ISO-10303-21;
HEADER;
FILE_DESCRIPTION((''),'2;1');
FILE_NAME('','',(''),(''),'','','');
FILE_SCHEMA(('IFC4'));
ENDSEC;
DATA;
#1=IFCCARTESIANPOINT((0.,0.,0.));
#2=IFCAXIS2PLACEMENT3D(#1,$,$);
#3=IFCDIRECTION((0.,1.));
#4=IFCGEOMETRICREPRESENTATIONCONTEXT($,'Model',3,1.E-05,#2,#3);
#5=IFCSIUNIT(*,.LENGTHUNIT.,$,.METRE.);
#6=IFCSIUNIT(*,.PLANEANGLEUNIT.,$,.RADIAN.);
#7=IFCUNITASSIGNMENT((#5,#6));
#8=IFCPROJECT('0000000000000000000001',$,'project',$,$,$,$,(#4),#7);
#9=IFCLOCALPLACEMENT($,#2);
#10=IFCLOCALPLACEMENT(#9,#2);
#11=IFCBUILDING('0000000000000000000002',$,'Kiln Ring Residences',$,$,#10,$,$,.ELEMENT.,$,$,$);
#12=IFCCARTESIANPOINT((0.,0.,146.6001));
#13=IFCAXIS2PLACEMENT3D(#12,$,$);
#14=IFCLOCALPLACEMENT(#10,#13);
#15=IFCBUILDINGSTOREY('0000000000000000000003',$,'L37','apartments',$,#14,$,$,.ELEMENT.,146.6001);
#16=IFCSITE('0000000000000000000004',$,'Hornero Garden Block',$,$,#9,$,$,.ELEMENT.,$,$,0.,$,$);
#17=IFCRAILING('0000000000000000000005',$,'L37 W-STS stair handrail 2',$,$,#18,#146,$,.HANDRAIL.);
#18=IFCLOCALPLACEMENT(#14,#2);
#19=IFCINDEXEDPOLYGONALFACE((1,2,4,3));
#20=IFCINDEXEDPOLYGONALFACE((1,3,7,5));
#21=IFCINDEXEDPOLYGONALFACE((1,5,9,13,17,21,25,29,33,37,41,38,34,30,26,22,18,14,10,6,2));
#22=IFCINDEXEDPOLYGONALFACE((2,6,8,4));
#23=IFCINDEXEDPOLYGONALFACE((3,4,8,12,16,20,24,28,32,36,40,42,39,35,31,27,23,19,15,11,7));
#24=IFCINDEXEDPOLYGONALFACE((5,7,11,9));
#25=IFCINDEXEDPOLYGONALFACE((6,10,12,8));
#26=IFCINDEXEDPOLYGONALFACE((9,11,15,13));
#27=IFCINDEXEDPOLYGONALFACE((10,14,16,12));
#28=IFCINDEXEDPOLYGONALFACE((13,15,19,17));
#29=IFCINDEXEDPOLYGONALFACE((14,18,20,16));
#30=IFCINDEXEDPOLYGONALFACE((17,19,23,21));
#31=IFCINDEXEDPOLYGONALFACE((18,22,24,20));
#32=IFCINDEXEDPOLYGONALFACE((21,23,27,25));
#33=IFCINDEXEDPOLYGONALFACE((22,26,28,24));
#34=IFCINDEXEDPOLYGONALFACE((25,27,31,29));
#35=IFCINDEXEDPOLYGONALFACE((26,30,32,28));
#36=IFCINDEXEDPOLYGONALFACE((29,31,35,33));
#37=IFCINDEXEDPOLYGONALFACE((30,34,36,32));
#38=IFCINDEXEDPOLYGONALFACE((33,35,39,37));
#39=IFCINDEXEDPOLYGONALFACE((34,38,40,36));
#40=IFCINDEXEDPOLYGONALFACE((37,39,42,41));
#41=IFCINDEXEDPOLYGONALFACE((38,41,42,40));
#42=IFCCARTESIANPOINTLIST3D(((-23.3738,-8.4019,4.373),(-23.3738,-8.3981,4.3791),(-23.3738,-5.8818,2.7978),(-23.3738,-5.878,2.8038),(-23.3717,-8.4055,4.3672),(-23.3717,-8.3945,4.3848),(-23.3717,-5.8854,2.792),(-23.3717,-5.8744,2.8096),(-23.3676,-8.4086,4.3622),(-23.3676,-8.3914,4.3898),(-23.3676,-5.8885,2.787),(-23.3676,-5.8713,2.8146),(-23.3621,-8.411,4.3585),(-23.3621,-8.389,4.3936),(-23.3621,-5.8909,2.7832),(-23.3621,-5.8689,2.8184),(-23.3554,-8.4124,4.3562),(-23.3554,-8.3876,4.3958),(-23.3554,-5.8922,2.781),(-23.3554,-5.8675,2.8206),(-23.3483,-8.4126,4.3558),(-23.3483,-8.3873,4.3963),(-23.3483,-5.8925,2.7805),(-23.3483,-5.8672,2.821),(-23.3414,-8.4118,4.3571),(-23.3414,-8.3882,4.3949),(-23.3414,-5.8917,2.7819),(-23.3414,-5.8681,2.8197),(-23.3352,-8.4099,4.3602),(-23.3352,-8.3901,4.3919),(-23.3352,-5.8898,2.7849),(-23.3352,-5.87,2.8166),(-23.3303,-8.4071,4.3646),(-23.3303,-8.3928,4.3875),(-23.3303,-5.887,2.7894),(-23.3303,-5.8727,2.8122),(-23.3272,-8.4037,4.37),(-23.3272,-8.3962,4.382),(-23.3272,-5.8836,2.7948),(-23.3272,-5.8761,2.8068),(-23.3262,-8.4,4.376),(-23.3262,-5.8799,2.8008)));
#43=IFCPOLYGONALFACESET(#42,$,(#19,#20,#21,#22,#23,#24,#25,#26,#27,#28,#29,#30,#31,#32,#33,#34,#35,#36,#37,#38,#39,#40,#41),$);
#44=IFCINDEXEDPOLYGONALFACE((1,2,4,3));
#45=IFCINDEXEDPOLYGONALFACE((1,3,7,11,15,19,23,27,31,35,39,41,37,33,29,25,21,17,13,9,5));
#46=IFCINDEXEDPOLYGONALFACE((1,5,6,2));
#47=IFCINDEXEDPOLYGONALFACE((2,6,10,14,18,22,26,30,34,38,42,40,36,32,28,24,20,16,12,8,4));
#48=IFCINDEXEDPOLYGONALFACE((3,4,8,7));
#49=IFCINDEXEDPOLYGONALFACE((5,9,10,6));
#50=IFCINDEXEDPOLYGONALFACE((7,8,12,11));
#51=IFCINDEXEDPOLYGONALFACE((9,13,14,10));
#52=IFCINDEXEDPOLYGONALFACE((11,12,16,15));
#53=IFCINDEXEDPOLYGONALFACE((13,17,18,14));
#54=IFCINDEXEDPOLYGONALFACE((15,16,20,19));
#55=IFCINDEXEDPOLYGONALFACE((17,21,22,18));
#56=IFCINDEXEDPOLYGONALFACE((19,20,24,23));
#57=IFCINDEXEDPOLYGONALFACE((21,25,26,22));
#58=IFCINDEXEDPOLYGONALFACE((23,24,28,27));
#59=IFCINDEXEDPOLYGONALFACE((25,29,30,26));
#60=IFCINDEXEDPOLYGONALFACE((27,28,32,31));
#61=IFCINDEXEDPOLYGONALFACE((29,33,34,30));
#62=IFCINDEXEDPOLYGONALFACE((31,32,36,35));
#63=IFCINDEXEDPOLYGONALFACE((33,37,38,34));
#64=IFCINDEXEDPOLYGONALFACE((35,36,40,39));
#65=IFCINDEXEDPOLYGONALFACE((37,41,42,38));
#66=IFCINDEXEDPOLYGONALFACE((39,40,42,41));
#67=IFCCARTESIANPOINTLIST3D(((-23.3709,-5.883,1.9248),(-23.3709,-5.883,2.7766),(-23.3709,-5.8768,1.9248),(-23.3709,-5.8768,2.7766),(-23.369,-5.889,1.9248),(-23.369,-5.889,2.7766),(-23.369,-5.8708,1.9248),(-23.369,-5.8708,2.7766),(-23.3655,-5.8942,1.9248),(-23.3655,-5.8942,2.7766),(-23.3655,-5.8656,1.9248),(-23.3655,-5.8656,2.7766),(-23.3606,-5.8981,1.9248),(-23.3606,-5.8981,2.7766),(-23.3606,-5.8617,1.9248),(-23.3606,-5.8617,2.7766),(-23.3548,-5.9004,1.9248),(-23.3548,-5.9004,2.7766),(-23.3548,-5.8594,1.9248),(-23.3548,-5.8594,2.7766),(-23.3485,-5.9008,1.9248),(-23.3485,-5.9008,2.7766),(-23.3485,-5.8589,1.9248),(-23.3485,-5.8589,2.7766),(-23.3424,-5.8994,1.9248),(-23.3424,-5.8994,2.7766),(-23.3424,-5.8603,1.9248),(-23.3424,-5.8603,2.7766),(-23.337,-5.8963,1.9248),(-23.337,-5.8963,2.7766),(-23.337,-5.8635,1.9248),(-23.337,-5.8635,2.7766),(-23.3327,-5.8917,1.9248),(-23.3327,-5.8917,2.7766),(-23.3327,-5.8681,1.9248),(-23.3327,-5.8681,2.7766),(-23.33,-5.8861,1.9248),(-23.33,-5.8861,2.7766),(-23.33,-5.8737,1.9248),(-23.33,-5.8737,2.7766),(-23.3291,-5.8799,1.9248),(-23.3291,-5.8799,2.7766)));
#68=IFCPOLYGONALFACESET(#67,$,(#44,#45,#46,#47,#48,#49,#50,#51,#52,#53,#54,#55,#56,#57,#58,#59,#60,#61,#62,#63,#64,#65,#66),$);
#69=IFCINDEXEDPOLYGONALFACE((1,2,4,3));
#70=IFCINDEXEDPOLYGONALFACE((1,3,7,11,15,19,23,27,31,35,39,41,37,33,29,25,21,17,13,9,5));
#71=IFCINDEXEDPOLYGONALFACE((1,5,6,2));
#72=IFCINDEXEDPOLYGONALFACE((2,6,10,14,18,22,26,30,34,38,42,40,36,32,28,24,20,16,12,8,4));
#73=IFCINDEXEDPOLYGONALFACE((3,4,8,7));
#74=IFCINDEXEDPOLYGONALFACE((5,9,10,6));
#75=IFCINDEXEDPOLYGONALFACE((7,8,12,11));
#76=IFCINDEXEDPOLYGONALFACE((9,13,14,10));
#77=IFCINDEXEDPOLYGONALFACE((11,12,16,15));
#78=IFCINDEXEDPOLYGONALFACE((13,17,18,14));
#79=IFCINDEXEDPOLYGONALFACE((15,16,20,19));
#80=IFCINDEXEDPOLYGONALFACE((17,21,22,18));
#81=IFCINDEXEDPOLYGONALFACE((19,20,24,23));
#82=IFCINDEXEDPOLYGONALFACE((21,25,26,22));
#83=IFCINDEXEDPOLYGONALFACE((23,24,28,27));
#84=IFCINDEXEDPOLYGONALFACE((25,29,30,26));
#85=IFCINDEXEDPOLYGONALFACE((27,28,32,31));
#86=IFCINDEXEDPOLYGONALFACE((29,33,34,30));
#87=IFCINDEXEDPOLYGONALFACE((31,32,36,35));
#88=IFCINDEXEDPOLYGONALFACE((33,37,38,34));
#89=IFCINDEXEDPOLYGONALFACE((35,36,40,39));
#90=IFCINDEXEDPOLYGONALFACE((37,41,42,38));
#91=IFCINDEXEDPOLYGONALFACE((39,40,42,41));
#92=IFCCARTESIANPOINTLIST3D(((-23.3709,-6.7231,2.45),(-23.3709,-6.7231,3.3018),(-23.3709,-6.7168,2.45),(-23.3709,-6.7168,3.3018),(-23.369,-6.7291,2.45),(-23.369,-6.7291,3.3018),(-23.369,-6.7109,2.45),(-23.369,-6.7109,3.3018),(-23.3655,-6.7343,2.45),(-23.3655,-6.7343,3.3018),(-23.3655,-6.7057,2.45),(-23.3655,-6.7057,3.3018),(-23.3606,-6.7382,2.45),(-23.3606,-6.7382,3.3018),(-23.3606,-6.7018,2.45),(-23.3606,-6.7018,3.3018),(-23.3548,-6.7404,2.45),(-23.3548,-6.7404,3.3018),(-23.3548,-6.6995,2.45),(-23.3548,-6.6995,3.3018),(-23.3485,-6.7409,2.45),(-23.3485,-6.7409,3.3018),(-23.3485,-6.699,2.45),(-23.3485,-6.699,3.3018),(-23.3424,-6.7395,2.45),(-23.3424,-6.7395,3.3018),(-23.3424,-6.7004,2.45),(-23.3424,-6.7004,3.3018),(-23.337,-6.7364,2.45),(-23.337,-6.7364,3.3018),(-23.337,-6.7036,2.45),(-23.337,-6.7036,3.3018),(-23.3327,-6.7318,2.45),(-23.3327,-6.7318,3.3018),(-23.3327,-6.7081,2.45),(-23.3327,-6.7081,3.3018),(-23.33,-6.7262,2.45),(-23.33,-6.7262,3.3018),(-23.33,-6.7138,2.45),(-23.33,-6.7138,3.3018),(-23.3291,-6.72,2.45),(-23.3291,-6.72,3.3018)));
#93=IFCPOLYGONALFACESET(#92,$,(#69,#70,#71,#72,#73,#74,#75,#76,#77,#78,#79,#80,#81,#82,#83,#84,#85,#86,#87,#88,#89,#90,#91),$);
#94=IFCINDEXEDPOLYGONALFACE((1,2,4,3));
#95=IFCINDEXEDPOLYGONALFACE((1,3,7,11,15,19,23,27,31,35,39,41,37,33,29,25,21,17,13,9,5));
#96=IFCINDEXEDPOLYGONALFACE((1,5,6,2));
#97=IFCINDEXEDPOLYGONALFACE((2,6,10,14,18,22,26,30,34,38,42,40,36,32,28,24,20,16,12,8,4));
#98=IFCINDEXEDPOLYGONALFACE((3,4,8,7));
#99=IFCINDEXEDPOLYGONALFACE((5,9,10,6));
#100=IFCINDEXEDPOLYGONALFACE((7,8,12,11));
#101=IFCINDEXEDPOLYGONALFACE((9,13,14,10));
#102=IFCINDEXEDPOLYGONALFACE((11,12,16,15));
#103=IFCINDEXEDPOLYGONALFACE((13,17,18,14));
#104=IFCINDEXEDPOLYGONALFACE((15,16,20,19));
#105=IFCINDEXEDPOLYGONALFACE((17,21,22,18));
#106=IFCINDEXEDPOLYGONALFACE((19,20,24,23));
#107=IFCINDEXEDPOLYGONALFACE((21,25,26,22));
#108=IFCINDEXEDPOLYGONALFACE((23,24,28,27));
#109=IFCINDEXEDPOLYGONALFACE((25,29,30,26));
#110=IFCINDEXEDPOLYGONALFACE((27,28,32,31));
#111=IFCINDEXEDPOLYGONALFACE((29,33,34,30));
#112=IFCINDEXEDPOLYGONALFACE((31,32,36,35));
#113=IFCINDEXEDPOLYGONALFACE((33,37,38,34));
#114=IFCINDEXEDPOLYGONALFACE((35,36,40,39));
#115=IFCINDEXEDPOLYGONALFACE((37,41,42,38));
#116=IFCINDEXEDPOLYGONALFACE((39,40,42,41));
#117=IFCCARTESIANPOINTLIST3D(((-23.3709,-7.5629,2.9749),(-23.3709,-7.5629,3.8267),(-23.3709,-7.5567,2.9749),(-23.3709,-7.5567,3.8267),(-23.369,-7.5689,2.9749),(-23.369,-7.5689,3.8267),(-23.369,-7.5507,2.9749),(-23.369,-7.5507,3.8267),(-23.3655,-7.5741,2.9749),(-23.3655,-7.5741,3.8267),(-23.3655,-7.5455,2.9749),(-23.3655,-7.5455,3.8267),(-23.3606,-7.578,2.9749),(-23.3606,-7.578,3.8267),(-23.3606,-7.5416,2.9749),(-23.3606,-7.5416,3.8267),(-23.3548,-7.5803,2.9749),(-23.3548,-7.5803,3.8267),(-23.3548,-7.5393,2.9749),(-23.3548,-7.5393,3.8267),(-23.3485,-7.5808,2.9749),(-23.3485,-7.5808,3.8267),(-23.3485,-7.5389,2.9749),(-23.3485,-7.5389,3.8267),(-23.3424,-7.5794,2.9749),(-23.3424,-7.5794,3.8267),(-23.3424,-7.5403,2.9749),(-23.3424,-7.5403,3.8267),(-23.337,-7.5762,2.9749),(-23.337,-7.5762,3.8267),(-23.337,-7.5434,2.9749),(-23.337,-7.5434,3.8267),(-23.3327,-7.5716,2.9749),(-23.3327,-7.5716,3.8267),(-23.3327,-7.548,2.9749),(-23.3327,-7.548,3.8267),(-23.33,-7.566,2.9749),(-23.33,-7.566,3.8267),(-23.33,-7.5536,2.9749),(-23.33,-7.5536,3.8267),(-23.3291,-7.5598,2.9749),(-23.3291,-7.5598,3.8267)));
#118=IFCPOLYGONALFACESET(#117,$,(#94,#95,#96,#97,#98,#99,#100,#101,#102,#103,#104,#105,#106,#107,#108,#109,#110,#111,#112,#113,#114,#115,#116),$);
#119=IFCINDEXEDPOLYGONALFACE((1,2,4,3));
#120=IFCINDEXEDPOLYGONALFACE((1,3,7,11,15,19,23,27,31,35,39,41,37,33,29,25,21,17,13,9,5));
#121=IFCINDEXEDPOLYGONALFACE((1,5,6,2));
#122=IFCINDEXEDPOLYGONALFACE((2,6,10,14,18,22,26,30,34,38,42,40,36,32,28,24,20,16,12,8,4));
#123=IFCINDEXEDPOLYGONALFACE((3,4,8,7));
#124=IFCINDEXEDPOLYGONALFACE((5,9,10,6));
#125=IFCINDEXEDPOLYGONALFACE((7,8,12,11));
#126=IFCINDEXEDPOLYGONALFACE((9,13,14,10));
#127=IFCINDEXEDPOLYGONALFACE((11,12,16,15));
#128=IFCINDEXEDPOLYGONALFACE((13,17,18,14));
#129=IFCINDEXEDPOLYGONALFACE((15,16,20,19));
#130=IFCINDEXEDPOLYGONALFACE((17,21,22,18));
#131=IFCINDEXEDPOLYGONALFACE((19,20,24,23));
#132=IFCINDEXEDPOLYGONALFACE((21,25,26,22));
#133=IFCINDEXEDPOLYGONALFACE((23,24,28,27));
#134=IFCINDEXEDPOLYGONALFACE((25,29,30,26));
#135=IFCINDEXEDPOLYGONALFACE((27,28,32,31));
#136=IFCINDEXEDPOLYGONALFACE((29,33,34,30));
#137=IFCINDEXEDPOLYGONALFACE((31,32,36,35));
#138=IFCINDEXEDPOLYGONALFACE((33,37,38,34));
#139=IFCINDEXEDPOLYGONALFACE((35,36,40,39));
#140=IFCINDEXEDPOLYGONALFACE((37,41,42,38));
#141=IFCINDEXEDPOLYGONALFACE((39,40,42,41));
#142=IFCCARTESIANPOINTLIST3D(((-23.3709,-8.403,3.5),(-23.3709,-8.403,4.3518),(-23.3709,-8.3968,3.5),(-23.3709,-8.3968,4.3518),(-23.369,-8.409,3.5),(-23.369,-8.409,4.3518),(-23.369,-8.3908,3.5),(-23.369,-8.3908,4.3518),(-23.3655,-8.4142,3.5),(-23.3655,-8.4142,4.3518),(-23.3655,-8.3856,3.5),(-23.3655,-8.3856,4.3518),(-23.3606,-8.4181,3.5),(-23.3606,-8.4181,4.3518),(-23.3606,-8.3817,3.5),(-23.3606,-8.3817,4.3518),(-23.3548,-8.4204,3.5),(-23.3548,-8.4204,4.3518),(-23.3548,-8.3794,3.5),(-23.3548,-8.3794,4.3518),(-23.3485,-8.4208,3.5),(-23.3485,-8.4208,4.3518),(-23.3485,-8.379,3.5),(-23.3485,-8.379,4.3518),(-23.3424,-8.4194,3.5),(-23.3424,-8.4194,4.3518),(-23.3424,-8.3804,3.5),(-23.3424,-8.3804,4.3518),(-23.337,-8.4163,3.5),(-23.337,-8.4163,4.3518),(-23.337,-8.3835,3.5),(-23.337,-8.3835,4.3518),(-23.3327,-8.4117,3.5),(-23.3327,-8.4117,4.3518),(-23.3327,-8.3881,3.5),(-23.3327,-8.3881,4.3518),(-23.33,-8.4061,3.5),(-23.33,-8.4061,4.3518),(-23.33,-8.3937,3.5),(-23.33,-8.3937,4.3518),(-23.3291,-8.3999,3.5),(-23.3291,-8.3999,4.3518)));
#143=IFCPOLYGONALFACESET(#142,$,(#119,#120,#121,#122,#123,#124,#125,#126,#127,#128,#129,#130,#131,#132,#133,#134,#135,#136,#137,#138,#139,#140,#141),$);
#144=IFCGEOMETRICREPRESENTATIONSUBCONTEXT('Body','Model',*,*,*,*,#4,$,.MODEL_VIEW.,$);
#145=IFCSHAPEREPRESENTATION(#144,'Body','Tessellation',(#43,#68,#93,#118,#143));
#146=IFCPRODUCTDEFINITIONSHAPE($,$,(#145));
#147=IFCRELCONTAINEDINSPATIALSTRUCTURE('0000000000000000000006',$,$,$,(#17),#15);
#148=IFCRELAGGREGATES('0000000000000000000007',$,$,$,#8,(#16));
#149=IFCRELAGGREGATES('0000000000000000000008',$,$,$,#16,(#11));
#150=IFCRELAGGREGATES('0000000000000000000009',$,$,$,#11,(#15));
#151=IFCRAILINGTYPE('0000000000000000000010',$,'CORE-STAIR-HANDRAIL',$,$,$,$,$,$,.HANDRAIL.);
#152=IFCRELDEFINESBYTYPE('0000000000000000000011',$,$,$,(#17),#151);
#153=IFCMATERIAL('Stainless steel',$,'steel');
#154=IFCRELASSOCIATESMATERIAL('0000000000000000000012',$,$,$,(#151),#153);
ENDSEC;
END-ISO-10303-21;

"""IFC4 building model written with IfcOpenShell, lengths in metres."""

from ifc_helpers import new_model, si_unit, direction, frame, origin, origin_2d, place, context, subcontext, project, spatial, circle, extrude, material, type_object, element, save


model = new_model("IFC4")

# Units and contexts
model_context = context("Model", 3, precision=1e-05, world=origin(), true_north=direction((0.0, 1.0)))
body_context = subcontext(model_context, "Body", "Model", "MODEL_VIEW")
ifc_project = project(units=[si_unit("LENGTHUNIT", "METRE"), si_unit("PLANEANGLEUNIT", "RADIAN")], contexts=[model_context])

# Site, building, storey
site_placement = place(None, origin())
site = spatial("IfcSite", under=ifc_project, at=site_placement, Name="Hornero Garden Block", CompositionType="ELEMENT", RefElevation=0.0)
building_placement = place(site_placement, origin())
building = spatial("IfcBuilding", under=site, at=building_placement, Name="Kiln Ring Residences", CompositionType="ELEMENT")
storey_placement = place(building_placement, frame((0.0, 0.0, 146.6001)))
storey = spatial("IfcBuildingStorey", under=building, at=storey_placement, Name="L37", Description="apartments", CompositionType="ELEMENT", Elevation=146.6001)

# Railing
ifc_material_1 = material(Name="Stainless steel", Category="steel")
railing_type_1 = type_object("IfcRailingType", Name="CORE-STAIR-HANDRAIL", PredefinedType="HANDRAIL", material=ifc_material_1)
railing_1_placement = place(storey_placement, frame((-23.3501, -5.8799, 1.9248)))
element("IfcRailing", 1, at=railing_1_placement, inside=storey, type_object=railing_type_1, Name="L37 W-STS stair handrail 2", PredefinedType="HANDRAIL", context=body_context, shape_type="SweptSolid", body=[
    extrude(circle(Radius=0.0239, at=origin_2d()), frame((0.0, 0.0, 0.876), z_axis=(0.0, -0.847971, 0.530043), x_axis=(1.0, 0.0, 0.0)), (0.0, 0.0, 1.0), 2.9719),
    extrude(circle(Radius=0.021, at=origin_2d()), origin(), (0.0, 0.0, 1.0), 0.8518),
    extrude(circle(Radius=0.021, at=origin_2d()), frame((0.0, -0.8401, 0.5251)), (0.0, 0.0, 1.0), 0.8518),
    extrude(circle(Radius=0.021, at=origin_2d()), frame((0.0, -1.6799, 1.05)), (0.0, 0.0, 1.0), 0.8518),
    extrude(circle(Radius=0.021, at=origin_2d()), frame((0.0, -2.52, 1.5752)), (0.0, 0.0, 1.0), 0.8518),
])

save(model, "model.ifc")
